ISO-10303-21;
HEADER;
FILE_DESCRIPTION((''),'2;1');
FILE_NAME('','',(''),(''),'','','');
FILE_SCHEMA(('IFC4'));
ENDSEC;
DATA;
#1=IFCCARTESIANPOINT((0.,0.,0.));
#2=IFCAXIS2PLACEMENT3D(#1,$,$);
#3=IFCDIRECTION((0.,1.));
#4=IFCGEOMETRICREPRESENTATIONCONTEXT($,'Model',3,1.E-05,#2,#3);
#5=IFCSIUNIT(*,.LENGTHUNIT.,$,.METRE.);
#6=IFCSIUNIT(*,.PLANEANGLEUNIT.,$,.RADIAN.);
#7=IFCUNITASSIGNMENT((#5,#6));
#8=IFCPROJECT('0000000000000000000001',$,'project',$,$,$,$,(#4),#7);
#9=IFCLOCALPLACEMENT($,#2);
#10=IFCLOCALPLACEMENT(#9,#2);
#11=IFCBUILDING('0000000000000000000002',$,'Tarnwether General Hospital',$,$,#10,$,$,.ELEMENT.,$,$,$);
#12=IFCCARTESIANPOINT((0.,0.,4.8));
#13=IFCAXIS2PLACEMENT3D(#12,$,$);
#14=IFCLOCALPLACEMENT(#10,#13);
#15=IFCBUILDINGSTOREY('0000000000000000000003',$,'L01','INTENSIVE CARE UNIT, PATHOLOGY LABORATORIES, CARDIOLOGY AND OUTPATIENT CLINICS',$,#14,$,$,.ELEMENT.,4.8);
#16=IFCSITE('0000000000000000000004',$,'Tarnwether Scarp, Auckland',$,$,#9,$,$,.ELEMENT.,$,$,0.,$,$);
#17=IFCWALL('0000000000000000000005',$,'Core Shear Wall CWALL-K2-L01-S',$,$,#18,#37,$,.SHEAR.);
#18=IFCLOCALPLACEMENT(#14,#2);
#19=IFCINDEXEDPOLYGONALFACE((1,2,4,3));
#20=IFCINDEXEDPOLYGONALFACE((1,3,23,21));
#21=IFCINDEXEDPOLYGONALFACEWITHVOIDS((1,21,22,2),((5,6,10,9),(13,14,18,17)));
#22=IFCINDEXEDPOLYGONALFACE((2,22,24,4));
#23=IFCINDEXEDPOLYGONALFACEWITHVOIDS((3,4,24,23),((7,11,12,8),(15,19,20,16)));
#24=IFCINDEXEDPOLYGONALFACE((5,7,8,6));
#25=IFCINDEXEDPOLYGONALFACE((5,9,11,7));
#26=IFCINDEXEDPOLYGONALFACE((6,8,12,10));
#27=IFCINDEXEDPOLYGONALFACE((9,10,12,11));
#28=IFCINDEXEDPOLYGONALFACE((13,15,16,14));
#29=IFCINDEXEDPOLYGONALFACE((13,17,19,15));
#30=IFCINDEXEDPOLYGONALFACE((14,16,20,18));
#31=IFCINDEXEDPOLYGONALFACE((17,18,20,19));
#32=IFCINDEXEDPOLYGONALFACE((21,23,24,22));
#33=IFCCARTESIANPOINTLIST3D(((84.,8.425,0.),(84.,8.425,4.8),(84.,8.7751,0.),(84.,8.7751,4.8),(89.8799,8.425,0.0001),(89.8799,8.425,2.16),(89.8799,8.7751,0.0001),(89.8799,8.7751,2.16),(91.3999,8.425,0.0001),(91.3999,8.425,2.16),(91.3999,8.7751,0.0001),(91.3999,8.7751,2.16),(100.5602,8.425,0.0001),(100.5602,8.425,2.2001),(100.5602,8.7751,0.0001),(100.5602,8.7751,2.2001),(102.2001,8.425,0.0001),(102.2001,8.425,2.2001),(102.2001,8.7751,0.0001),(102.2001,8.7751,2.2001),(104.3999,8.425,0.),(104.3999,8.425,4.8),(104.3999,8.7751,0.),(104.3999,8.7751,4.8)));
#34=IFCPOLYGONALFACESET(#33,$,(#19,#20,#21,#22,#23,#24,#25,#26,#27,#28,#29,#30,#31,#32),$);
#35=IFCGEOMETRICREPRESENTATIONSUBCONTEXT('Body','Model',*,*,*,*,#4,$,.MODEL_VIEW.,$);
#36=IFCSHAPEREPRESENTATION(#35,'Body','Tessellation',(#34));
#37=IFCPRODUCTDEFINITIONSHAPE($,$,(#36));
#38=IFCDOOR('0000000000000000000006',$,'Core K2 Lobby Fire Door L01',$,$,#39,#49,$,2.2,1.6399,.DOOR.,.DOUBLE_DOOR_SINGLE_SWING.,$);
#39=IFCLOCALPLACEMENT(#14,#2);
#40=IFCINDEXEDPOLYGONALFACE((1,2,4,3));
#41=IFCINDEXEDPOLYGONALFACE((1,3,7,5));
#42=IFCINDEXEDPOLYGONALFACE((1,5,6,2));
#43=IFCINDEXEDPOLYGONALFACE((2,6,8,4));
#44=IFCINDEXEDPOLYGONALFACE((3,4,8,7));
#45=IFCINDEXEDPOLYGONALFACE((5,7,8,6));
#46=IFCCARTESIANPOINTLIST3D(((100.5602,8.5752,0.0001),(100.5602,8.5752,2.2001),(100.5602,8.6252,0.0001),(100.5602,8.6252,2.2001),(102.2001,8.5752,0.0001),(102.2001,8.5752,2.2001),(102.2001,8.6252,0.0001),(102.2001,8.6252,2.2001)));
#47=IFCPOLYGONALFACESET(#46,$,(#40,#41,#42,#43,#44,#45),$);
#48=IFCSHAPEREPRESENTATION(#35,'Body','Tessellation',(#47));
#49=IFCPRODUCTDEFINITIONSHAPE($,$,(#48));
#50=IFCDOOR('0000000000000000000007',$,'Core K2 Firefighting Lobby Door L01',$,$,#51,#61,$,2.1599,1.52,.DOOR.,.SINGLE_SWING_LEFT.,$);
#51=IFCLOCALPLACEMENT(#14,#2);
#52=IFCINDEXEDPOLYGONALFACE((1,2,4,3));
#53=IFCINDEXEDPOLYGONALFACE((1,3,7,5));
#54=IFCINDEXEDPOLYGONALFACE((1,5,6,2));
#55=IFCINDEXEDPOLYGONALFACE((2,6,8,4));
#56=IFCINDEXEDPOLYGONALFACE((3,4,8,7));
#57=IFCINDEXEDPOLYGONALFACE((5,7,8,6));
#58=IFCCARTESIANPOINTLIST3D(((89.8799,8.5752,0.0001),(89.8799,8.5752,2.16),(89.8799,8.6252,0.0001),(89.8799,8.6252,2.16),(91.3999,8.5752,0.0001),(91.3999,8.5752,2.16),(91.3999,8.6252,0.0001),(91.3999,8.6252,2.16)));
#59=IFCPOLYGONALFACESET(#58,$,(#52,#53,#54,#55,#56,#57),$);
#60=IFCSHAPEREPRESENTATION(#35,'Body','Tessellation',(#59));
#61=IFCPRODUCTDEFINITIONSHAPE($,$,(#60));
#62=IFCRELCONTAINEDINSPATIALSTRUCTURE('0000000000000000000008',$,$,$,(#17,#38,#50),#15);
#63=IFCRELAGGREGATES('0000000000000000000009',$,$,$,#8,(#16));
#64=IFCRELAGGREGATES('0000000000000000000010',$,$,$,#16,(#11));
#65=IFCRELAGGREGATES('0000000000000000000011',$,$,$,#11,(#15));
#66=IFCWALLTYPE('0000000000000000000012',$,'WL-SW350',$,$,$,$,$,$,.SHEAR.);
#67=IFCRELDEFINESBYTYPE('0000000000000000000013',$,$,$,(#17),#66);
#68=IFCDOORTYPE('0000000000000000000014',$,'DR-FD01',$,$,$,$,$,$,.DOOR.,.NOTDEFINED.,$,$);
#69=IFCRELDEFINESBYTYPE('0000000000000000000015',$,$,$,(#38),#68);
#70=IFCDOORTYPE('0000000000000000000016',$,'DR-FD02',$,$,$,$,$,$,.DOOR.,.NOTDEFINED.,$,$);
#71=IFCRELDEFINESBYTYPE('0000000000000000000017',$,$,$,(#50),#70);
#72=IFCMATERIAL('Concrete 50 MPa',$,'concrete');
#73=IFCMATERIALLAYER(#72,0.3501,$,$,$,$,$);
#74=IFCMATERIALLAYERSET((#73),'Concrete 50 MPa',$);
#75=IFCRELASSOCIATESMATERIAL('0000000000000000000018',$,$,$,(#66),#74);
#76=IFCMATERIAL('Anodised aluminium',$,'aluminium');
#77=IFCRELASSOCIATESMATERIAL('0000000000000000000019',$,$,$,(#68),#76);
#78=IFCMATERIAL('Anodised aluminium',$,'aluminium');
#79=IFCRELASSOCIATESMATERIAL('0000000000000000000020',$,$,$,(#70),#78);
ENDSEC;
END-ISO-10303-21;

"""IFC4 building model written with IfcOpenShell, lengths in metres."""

from ifc_helpers import new_model, si_unit, direction, frame, frame_2d, origin, place, context, subcontext, project, spatial, rectangle, extrude, material, layer, layer_set, type_object, element, fill, save


model = new_model("IFC4")

# Units and contexts
model_context = context("Model", 3, precision=1e-05, world=origin(), true_north=direction((0.0, 1.0)))
body_context = subcontext(model_context, "Body", "Model", "MODEL_VIEW")
ifc_project = project(units=[si_unit("LENGTHUNIT", "METRE"), si_unit("PLANEANGLEUNIT", "RADIAN")], contexts=[model_context])

# Site, building, storey
site_placement = place(None, origin())
site = spatial("IfcSite", under=ifc_project, at=site_placement, Name="Tarnwether Scarp, Auckland", CompositionType="ELEMENT", RefElevation=0.0)
building_placement = place(site_placement, origin())
building = spatial("IfcBuilding", under=site, at=building_placement, Name="Tarnwether General Hospital", CompositionType="ELEMENT")
storey_placement = place(building_placement, frame((0.0, 0.0, 4.8)))
storey = spatial("IfcBuildingStorey", under=building, at=storey_placement, Name="L01", Description="INTENSIVE CARE UNIT, PATHOLOGY LABORATORIES, CARDIOLOGY AND OUTPATIENT CLINICS", CompositionType="ELEMENT", Elevation=4.8)

# Wall, openings, doors
ifc_material_1 = material(Name="Concrete 50 MPa", Category="concrete")
ifc_layer_1 = layer(ifc_material_1, 0.3501)
ifc_layer_set_1 = layer_set([ifc_layer_1], Name="Concrete 50 MPa")
wall_type_1 = type_object("IfcWallType", Name="WL-SW350", PredefinedType="SHEAR", material=ifc_layer_set_1)
wall_1_placement = place(storey_placement, frame((104.3999, 8.6001, 0.0), z_axis=(0.0, 0.0, 1.0), x_axis=(-1.0, 0.0, 0.0)))
wall_1 = element("IfcWall", 1, at=wall_1_placement, inside=storey, type_object=wall_type_1, Name="Core Shear Wall CWALL-K2-L01-S", PredefinedType="SHEAR", context=body_context, shape_type="SweptSolid", body=[
    extrude(rectangle(XDim=20.3999, YDim=0.3501, at=frame_2d((10.2, 0.0))), origin(), (0.0, 0.0, 1.0), 4.8),
])
opening_1_placement = place(wall_1_placement, frame((2.2, 0.0, 0.0)))
opening_1 = element("IfcOpeningElement", 2, at=opening_1_placement, cuts=wall_1, PredefinedType="OPENING", context=body_context, shape_type="SweptSolid", body=[
    extrude(rectangle(XDim=1.6399, YDim=2.2, at=frame_2d((0.8198, 1.1001))), frame((0.0, 0.1851, 0.0), z_axis=(0.0, -1.0, 0.0), x_axis=(1.0, 0.0, 0.0)), (0.0, 0.0, 1.0), 0.3701),
])
opening_2_placement = place(wall_1_placement, frame((13.0, 0.0, 0.0)))
opening_2 = element("IfcOpeningElement", 3, at=opening_2_placement, cuts=wall_1, PredefinedType="OPENING", context=body_context, shape_type="SweptSolid", body=[
    extrude(rectangle(XDim=1.52, YDim=2.1599, at=frame_2d((0.76, 1.0801))), frame((0.0, 0.1851, 0.0), z_axis=(0.0, -1.0, 0.0), x_axis=(1.0, 0.0, 0.0)), (0.0, 0.0, 1.0), 0.3701),
])
ifc_material_2 = material(Name="Anodised aluminium", Category="aluminium")
door_type_1 = type_object("IfcDoorType", Name="DR-FD01", OperationType="NOTDEFINED", PredefinedType="DOOR", material=ifc_material_2)
door_1_placement = place(opening_1_placement, origin())
door_1 = element("IfcDoor", 4, at=door_1_placement, inside=storey, type_object=door_type_1, Name="Core K2 Lobby Fire Door L01", OperationType="DOUBLE_DOOR_SINGLE_SWING", OverallHeight=2.2, OverallWidth=1.6399, PredefinedType="DOOR", context=body_context, shape_type="SweptSolid", body=[
    extrude(rectangle(XDim=1.6399, YDim=2.2, at=frame_2d((0.8198, 1.1001))), frame((0.0, 0.0249, 0.0), z_axis=(0.0, -1.0, 0.0), x_axis=(1.0, 0.0, 0.0)), (0.0, 0.0, 1.0), 0.05),
])
fill(opening_1, door_1)
ifc_material_3 = material(Name="Anodised aluminium", Category="aluminium")
door_type_2 = type_object("IfcDoorType", Name="DR-FD02", OperationType="NOTDEFINED", PredefinedType="DOOR", material=ifc_material_3)
door_2_placement = place(opening_2_placement, origin())
door_2 = element("IfcDoor", 5, at=door_2_placement, inside=storey, type_object=door_type_2, Name="Core K2 Firefighting Lobby Door L01", OperationType="SINGLE_SWING_LEFT", OverallHeight=2.1599, OverallWidth=1.52, PredefinedType="DOOR", context=body_context, shape_type="SweptSolid", body=[
    extrude(rectangle(XDim=1.52, YDim=2.1599, at=frame_2d((0.76, 1.0801))), frame((0.0, 0.0249, 0.0), z_axis=(0.0, -1.0, 0.0), x_axis=(1.0, 0.0, 0.0)), (0.0, 0.0, 1.0), 0.05),
])
fill(opening_2, door_2)

save(model, "model.ifc")
